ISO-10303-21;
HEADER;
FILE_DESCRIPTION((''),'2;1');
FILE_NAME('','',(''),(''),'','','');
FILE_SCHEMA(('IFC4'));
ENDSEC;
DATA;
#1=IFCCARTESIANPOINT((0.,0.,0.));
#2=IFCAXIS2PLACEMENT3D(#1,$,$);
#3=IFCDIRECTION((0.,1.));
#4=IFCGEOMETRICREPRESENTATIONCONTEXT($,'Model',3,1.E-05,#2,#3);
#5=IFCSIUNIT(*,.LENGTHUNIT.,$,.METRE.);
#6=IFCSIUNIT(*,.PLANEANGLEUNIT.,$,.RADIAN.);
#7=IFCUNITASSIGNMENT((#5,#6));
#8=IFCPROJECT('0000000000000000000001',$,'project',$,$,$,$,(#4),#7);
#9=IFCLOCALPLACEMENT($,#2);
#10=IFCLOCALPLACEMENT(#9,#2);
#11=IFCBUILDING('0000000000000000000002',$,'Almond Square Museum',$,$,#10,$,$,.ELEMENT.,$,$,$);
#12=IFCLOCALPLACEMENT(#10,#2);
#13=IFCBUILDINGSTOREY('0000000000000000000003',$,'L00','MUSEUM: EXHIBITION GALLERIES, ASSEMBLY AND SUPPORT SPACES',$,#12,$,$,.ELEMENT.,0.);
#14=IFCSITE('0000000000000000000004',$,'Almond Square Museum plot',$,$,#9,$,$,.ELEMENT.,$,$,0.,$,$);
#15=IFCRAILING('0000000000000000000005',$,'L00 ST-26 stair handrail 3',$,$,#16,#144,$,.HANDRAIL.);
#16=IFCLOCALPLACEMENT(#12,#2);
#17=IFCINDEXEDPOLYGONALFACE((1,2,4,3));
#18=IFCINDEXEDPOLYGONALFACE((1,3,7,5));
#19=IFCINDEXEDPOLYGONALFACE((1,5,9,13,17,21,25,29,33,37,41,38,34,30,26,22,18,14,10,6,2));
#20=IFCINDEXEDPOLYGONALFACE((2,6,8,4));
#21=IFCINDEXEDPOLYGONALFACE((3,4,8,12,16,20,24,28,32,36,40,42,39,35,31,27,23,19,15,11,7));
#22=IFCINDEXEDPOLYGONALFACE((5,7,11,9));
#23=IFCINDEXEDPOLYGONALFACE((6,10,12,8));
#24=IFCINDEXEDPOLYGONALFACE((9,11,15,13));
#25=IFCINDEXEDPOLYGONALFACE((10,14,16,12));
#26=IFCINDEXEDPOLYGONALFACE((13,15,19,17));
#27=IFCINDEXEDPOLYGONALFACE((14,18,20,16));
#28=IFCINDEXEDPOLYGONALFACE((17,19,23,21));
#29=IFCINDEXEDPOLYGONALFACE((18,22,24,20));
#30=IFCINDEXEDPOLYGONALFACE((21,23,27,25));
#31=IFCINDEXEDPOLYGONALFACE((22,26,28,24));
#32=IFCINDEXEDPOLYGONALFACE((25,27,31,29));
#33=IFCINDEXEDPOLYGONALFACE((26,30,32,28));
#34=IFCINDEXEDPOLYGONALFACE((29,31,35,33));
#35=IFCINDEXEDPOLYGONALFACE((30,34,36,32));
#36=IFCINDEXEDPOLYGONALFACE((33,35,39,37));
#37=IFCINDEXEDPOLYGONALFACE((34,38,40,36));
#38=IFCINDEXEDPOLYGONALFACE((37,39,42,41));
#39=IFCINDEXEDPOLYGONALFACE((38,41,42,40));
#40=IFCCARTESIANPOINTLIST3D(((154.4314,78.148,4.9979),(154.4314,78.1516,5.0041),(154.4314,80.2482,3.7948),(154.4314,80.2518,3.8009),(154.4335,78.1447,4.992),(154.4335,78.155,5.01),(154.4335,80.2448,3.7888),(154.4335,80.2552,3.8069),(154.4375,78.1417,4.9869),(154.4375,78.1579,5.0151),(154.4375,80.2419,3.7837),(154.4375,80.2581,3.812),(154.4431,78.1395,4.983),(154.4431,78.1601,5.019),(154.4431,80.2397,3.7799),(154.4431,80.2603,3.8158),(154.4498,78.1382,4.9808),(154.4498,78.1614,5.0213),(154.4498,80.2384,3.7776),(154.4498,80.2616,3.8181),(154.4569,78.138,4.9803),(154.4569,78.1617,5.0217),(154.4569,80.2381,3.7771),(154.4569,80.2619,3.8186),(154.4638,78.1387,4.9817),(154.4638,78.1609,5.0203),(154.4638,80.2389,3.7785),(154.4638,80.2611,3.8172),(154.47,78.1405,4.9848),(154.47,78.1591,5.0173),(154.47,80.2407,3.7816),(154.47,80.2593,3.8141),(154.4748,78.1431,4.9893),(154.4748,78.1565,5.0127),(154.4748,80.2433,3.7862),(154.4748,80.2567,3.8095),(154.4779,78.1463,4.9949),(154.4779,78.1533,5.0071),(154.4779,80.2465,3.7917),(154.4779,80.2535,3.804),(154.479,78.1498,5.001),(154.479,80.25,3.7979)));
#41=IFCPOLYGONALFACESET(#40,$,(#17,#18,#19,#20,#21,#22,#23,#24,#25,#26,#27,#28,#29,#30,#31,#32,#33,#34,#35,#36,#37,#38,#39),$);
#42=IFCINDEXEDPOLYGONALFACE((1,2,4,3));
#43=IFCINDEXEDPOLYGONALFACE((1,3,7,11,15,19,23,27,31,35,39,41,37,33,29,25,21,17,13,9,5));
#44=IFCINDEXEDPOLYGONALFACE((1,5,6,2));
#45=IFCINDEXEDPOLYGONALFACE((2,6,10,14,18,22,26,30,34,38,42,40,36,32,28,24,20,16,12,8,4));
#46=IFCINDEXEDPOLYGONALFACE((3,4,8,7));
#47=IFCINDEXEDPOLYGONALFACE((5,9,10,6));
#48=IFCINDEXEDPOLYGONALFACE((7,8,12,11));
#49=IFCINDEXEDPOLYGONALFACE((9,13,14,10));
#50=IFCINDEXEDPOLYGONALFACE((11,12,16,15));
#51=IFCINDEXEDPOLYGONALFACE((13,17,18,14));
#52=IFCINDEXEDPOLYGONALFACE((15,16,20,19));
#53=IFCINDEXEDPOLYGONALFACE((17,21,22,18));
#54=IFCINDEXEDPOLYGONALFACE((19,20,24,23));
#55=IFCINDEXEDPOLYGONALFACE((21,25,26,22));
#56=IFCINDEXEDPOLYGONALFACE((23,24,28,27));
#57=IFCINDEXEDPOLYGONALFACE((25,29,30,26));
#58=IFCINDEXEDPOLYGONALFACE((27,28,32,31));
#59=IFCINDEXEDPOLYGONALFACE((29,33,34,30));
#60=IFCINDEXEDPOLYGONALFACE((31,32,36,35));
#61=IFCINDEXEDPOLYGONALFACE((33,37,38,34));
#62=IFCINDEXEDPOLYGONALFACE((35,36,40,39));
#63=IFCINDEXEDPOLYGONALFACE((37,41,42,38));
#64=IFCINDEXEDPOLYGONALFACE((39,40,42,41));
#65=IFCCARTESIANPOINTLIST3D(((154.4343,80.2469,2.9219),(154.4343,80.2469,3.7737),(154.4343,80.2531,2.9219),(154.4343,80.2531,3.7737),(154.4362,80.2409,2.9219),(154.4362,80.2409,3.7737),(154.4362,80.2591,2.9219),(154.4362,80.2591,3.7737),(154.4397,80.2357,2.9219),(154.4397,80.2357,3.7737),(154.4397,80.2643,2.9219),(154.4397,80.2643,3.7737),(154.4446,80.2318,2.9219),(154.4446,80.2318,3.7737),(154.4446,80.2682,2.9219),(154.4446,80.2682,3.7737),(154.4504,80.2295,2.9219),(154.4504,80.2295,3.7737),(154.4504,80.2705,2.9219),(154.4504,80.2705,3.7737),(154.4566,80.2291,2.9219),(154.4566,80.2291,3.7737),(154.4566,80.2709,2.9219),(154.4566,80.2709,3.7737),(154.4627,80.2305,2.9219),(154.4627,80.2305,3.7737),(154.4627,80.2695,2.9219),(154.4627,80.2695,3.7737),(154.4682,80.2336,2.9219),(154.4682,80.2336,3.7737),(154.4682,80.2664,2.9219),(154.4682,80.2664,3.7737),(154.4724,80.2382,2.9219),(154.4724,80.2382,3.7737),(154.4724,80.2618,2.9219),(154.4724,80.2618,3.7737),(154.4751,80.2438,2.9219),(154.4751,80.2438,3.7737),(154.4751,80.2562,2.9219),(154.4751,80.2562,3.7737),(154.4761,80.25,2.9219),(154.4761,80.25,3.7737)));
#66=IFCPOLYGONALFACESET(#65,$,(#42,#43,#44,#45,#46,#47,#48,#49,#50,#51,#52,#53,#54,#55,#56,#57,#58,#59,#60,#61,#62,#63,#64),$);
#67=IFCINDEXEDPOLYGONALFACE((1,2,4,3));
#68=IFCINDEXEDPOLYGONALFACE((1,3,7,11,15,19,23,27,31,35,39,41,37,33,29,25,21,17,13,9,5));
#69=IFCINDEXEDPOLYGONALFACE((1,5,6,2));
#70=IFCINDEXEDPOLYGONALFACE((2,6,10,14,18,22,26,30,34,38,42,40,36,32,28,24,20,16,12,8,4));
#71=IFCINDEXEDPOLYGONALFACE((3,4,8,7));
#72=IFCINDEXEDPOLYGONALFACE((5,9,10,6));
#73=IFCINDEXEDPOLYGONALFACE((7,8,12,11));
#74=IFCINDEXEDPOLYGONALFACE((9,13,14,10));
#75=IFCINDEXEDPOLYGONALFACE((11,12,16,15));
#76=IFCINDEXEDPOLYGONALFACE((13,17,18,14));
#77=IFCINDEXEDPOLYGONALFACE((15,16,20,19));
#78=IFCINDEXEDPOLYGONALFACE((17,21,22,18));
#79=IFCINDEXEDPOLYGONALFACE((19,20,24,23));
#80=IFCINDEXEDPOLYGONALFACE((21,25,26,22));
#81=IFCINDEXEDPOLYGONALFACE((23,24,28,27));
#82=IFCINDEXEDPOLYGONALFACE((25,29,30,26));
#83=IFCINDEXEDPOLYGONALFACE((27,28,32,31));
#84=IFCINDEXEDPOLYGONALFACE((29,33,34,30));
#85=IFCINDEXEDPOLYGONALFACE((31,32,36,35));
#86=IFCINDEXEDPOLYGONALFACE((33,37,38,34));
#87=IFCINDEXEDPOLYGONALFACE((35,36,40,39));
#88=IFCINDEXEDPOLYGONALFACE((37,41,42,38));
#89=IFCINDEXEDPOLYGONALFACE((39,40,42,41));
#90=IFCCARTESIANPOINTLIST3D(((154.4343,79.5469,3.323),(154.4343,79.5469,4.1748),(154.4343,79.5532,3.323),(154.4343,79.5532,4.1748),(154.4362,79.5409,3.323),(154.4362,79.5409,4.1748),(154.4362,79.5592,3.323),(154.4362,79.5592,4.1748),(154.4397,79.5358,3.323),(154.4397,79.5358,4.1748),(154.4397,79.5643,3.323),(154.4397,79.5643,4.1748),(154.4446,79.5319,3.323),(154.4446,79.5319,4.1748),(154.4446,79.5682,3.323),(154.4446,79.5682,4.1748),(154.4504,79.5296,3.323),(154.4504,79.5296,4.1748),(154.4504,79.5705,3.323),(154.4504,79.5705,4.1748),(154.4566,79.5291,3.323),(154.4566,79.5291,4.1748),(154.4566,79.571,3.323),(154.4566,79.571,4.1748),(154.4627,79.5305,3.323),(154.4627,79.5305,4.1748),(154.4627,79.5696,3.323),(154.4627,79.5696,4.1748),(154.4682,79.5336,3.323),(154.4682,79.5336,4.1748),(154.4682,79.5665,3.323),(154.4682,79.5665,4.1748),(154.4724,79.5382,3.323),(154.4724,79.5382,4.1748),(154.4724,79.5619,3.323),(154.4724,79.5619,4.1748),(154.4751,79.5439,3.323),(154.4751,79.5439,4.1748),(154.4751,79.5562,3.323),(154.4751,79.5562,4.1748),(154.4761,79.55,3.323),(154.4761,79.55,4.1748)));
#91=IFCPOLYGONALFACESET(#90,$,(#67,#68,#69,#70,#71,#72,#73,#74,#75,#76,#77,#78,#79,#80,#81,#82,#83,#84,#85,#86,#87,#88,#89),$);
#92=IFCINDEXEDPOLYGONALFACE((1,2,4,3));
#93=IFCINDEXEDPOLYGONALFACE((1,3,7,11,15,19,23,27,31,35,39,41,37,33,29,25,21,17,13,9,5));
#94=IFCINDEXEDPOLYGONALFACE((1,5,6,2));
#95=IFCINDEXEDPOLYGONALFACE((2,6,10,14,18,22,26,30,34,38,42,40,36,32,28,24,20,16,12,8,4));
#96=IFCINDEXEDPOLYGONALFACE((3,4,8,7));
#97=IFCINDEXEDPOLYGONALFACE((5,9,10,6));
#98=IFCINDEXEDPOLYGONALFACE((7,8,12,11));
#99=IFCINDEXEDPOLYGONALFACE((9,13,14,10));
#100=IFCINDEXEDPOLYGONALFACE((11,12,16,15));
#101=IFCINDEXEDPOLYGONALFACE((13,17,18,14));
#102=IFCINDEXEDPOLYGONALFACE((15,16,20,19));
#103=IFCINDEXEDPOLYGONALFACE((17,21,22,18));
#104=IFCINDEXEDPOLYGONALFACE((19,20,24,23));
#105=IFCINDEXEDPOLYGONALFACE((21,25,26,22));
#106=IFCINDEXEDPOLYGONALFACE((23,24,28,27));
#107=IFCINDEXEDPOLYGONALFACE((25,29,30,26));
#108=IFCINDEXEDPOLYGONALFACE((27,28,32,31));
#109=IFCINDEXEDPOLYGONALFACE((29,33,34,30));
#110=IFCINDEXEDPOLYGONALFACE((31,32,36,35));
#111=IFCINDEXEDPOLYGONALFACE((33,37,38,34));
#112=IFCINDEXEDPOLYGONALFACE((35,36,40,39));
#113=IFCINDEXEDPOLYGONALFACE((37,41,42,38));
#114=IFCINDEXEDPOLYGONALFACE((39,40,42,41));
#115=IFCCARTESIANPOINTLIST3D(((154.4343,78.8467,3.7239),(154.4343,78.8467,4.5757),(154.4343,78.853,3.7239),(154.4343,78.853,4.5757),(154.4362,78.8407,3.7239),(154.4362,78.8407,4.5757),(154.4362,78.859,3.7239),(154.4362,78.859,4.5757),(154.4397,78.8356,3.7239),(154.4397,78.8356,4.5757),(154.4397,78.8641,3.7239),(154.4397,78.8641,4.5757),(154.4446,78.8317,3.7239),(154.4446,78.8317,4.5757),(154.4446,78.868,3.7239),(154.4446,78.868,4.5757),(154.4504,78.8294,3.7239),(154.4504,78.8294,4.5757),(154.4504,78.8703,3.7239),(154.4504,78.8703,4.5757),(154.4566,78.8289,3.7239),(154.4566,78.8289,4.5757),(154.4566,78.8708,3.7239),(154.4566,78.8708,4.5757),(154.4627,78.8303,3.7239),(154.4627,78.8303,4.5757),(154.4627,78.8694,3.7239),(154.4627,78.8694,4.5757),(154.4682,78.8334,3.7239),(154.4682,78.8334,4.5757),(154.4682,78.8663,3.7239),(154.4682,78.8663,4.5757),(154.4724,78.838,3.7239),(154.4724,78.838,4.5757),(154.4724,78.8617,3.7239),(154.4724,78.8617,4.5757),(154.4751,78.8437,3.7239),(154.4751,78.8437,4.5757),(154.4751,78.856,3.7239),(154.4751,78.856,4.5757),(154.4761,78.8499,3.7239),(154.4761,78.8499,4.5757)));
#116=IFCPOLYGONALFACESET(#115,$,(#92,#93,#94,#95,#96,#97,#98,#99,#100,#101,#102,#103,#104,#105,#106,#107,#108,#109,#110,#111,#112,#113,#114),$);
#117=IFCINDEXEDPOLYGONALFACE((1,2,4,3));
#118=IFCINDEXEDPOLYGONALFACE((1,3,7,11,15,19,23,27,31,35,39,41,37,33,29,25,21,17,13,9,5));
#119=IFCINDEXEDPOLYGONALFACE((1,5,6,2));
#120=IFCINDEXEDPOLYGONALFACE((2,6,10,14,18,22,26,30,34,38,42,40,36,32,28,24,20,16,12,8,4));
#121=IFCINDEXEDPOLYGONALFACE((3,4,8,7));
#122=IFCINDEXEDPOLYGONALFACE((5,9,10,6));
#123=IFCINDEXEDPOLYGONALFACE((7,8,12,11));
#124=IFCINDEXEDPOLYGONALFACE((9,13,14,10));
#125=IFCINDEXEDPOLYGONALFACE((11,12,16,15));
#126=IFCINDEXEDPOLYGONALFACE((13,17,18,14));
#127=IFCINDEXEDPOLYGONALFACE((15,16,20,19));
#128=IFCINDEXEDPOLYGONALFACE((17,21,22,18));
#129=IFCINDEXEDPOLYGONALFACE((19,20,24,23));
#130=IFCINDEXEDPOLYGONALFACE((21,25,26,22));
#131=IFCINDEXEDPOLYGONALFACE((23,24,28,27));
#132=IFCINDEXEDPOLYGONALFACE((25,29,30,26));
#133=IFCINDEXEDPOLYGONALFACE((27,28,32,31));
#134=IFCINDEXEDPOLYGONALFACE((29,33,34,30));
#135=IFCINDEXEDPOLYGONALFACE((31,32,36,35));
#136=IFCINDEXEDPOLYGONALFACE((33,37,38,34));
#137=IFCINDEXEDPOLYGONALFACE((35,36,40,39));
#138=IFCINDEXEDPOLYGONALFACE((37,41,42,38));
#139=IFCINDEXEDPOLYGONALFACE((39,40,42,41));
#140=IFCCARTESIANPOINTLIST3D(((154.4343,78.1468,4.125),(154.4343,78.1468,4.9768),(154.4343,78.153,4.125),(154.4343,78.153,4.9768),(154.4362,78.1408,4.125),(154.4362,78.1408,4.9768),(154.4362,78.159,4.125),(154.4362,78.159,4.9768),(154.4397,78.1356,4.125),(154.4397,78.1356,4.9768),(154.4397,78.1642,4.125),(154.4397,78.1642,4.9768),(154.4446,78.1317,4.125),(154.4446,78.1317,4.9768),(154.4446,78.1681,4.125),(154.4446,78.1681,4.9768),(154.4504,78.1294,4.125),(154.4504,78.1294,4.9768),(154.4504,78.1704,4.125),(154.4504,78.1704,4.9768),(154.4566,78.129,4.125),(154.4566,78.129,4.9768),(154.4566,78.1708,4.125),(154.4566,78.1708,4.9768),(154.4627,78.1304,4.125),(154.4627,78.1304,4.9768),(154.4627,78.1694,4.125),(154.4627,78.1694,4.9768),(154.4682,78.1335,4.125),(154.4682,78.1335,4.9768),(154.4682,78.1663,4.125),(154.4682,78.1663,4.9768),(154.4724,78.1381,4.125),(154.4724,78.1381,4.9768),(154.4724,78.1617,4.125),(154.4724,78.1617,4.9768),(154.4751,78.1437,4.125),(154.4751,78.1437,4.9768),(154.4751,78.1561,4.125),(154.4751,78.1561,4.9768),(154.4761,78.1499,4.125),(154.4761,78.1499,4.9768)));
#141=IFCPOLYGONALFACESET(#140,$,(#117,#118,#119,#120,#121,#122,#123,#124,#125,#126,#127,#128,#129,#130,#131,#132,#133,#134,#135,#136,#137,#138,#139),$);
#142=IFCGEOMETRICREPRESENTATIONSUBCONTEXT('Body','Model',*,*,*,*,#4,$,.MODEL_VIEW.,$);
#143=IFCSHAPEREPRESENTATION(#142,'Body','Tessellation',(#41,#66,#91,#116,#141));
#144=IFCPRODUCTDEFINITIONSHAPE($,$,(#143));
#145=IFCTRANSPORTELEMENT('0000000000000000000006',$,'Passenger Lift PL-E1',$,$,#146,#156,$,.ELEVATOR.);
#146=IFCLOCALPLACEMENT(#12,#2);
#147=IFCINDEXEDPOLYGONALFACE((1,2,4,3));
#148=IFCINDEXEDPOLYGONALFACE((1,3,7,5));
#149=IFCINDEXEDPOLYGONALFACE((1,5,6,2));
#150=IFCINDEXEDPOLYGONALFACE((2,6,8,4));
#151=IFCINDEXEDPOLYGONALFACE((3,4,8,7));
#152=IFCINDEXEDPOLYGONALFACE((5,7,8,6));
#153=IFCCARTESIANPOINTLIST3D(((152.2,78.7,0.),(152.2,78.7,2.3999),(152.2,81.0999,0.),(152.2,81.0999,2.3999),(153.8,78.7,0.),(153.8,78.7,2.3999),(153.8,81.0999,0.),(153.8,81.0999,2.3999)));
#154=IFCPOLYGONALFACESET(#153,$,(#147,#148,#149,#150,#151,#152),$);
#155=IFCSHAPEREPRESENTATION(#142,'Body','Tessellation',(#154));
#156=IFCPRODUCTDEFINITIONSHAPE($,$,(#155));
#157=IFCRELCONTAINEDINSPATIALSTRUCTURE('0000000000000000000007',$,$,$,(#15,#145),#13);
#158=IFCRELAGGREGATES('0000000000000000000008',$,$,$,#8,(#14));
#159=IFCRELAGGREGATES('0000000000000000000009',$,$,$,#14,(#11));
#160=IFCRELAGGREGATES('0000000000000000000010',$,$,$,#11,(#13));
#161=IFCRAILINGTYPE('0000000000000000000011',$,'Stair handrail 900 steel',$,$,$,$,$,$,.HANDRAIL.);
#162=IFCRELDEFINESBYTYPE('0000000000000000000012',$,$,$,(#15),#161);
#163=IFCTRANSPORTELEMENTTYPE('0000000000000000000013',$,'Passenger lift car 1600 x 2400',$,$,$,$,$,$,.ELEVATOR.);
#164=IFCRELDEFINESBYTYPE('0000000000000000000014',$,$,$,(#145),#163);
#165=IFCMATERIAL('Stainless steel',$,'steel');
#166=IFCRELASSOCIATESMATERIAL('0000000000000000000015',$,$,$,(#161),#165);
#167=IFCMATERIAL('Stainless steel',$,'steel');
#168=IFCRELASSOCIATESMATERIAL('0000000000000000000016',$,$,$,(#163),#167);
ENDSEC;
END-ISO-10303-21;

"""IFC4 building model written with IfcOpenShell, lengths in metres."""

from ifc_helpers import new_model, si_unit, direction, frame, origin, origin_2d, place, context, subcontext, project, spatial, rectangle, circle, extrude, material, type_object, element, save


model = new_model("IFC4")

# Units and contexts
model_context = context("Model", 3, precision=1e-05, world=origin(), true_north=direction((0.0, 1.0)))
body_context = subcontext(model_context, "Body", "Model", "MODEL_VIEW")
ifc_project = project(units=[si_unit("LENGTHUNIT", "METRE"), si_unit("PLANEANGLEUNIT", "RADIAN")], contexts=[model_context])

# Site, building, storey
site_placement = place(None, origin())
site = spatial("IfcSite", under=ifc_project, at=site_placement, Name="Almond Square Museum plot", CompositionType="ELEMENT", RefElevation=0.0)
building_placement = place(site_placement, origin())
building = spatial("IfcBuilding", under=site, at=building_placement, Name="Almond Square Museum", CompositionType="ELEMENT")
storey_placement = place(building_placement, origin())
storey = spatial("IfcBuildingStorey", under=building, at=storey_placement, Name="L00", Description="MUSEUM: EXHIBITION GALLERIES, ASSEMBLY AND SUPPORT SPACES", CompositionType="ELEMENT", Elevation=0.0)

# Railing
ifc_material_1 = material(Name="Stainless steel", Category="steel")
railing_type_1 = type_object("IfcRailingType", Name="Stair handrail 900 steel", PredefinedType="HANDRAIL", material=ifc_material_1)
for number, where, name in (
    (1, (154.4551, 80.25, 2.9219), "L00 ST-26 stair handrail 3"),
):
    element("IfcRailing", number, at=place(storey_placement, frame(where)), inside=storey, type_object=railing_type_1, Name=name, PredefinedType="HANDRAIL", context=body_context, shape_type="SweptSolid", body=[
        extrude(circle(Radius=0.0239, at=origin_2d()), frame((0.0, 0.0, 0.876), z_axis=(0.0, -0.867696, 0.497095), x_axis=(1.0, 0.0, 0.0)), (0.0, 0.0, 1.0), 2.4204),
        extrude(circle(Radius=0.021, at=origin_2d()), origin(), (0.0, 0.0, 1.0), 0.8518),
        extrude(circle(Radius=0.021, at=origin_2d()), frame((0.0, -0.7, 0.4011)), (0.0, 0.0, 1.0), 0.8518),
        extrude(circle(Radius=0.021, at=origin_2d()), frame((0.0, -1.4001, 0.802)), (0.0, 0.0, 1.0), 0.8518),
        extrude(circle(Radius=0.021, at=origin_2d()), frame((0.0, -2.1001, 1.2031)), (0.0, 0.0, 1.0), 0.8518),
    ])

# Transport element
ifc_material_2 = material(Name="Stainless steel", Category="steel")
transport_element_type = type_object("IfcTransportElementType", Name="Passenger lift car 1600 x 2400", PredefinedType="ELEVATOR", material=ifc_material_2)
transport_element_placement = place(storey_placement, frame((153.0, 79.8999, 0.0), z_axis=(0.0, 0.0, 1.0), x_axis=(1.0, 0.0, 0.0)))
element("IfcTransportElement", 2, at=transport_element_placement, inside=storey, type_object=transport_element_type, Name="Passenger Lift PL-E1", PredefinedType="ELEVATOR", context=body_context, shape_type="SweptSolid", body=[
    extrude(rectangle(XDim=1.6001, YDim=2.3999, at=origin_2d()), origin(), (0.0, 0.0, 1.0), 2.3999),
])

save(model, "model.ifc")
